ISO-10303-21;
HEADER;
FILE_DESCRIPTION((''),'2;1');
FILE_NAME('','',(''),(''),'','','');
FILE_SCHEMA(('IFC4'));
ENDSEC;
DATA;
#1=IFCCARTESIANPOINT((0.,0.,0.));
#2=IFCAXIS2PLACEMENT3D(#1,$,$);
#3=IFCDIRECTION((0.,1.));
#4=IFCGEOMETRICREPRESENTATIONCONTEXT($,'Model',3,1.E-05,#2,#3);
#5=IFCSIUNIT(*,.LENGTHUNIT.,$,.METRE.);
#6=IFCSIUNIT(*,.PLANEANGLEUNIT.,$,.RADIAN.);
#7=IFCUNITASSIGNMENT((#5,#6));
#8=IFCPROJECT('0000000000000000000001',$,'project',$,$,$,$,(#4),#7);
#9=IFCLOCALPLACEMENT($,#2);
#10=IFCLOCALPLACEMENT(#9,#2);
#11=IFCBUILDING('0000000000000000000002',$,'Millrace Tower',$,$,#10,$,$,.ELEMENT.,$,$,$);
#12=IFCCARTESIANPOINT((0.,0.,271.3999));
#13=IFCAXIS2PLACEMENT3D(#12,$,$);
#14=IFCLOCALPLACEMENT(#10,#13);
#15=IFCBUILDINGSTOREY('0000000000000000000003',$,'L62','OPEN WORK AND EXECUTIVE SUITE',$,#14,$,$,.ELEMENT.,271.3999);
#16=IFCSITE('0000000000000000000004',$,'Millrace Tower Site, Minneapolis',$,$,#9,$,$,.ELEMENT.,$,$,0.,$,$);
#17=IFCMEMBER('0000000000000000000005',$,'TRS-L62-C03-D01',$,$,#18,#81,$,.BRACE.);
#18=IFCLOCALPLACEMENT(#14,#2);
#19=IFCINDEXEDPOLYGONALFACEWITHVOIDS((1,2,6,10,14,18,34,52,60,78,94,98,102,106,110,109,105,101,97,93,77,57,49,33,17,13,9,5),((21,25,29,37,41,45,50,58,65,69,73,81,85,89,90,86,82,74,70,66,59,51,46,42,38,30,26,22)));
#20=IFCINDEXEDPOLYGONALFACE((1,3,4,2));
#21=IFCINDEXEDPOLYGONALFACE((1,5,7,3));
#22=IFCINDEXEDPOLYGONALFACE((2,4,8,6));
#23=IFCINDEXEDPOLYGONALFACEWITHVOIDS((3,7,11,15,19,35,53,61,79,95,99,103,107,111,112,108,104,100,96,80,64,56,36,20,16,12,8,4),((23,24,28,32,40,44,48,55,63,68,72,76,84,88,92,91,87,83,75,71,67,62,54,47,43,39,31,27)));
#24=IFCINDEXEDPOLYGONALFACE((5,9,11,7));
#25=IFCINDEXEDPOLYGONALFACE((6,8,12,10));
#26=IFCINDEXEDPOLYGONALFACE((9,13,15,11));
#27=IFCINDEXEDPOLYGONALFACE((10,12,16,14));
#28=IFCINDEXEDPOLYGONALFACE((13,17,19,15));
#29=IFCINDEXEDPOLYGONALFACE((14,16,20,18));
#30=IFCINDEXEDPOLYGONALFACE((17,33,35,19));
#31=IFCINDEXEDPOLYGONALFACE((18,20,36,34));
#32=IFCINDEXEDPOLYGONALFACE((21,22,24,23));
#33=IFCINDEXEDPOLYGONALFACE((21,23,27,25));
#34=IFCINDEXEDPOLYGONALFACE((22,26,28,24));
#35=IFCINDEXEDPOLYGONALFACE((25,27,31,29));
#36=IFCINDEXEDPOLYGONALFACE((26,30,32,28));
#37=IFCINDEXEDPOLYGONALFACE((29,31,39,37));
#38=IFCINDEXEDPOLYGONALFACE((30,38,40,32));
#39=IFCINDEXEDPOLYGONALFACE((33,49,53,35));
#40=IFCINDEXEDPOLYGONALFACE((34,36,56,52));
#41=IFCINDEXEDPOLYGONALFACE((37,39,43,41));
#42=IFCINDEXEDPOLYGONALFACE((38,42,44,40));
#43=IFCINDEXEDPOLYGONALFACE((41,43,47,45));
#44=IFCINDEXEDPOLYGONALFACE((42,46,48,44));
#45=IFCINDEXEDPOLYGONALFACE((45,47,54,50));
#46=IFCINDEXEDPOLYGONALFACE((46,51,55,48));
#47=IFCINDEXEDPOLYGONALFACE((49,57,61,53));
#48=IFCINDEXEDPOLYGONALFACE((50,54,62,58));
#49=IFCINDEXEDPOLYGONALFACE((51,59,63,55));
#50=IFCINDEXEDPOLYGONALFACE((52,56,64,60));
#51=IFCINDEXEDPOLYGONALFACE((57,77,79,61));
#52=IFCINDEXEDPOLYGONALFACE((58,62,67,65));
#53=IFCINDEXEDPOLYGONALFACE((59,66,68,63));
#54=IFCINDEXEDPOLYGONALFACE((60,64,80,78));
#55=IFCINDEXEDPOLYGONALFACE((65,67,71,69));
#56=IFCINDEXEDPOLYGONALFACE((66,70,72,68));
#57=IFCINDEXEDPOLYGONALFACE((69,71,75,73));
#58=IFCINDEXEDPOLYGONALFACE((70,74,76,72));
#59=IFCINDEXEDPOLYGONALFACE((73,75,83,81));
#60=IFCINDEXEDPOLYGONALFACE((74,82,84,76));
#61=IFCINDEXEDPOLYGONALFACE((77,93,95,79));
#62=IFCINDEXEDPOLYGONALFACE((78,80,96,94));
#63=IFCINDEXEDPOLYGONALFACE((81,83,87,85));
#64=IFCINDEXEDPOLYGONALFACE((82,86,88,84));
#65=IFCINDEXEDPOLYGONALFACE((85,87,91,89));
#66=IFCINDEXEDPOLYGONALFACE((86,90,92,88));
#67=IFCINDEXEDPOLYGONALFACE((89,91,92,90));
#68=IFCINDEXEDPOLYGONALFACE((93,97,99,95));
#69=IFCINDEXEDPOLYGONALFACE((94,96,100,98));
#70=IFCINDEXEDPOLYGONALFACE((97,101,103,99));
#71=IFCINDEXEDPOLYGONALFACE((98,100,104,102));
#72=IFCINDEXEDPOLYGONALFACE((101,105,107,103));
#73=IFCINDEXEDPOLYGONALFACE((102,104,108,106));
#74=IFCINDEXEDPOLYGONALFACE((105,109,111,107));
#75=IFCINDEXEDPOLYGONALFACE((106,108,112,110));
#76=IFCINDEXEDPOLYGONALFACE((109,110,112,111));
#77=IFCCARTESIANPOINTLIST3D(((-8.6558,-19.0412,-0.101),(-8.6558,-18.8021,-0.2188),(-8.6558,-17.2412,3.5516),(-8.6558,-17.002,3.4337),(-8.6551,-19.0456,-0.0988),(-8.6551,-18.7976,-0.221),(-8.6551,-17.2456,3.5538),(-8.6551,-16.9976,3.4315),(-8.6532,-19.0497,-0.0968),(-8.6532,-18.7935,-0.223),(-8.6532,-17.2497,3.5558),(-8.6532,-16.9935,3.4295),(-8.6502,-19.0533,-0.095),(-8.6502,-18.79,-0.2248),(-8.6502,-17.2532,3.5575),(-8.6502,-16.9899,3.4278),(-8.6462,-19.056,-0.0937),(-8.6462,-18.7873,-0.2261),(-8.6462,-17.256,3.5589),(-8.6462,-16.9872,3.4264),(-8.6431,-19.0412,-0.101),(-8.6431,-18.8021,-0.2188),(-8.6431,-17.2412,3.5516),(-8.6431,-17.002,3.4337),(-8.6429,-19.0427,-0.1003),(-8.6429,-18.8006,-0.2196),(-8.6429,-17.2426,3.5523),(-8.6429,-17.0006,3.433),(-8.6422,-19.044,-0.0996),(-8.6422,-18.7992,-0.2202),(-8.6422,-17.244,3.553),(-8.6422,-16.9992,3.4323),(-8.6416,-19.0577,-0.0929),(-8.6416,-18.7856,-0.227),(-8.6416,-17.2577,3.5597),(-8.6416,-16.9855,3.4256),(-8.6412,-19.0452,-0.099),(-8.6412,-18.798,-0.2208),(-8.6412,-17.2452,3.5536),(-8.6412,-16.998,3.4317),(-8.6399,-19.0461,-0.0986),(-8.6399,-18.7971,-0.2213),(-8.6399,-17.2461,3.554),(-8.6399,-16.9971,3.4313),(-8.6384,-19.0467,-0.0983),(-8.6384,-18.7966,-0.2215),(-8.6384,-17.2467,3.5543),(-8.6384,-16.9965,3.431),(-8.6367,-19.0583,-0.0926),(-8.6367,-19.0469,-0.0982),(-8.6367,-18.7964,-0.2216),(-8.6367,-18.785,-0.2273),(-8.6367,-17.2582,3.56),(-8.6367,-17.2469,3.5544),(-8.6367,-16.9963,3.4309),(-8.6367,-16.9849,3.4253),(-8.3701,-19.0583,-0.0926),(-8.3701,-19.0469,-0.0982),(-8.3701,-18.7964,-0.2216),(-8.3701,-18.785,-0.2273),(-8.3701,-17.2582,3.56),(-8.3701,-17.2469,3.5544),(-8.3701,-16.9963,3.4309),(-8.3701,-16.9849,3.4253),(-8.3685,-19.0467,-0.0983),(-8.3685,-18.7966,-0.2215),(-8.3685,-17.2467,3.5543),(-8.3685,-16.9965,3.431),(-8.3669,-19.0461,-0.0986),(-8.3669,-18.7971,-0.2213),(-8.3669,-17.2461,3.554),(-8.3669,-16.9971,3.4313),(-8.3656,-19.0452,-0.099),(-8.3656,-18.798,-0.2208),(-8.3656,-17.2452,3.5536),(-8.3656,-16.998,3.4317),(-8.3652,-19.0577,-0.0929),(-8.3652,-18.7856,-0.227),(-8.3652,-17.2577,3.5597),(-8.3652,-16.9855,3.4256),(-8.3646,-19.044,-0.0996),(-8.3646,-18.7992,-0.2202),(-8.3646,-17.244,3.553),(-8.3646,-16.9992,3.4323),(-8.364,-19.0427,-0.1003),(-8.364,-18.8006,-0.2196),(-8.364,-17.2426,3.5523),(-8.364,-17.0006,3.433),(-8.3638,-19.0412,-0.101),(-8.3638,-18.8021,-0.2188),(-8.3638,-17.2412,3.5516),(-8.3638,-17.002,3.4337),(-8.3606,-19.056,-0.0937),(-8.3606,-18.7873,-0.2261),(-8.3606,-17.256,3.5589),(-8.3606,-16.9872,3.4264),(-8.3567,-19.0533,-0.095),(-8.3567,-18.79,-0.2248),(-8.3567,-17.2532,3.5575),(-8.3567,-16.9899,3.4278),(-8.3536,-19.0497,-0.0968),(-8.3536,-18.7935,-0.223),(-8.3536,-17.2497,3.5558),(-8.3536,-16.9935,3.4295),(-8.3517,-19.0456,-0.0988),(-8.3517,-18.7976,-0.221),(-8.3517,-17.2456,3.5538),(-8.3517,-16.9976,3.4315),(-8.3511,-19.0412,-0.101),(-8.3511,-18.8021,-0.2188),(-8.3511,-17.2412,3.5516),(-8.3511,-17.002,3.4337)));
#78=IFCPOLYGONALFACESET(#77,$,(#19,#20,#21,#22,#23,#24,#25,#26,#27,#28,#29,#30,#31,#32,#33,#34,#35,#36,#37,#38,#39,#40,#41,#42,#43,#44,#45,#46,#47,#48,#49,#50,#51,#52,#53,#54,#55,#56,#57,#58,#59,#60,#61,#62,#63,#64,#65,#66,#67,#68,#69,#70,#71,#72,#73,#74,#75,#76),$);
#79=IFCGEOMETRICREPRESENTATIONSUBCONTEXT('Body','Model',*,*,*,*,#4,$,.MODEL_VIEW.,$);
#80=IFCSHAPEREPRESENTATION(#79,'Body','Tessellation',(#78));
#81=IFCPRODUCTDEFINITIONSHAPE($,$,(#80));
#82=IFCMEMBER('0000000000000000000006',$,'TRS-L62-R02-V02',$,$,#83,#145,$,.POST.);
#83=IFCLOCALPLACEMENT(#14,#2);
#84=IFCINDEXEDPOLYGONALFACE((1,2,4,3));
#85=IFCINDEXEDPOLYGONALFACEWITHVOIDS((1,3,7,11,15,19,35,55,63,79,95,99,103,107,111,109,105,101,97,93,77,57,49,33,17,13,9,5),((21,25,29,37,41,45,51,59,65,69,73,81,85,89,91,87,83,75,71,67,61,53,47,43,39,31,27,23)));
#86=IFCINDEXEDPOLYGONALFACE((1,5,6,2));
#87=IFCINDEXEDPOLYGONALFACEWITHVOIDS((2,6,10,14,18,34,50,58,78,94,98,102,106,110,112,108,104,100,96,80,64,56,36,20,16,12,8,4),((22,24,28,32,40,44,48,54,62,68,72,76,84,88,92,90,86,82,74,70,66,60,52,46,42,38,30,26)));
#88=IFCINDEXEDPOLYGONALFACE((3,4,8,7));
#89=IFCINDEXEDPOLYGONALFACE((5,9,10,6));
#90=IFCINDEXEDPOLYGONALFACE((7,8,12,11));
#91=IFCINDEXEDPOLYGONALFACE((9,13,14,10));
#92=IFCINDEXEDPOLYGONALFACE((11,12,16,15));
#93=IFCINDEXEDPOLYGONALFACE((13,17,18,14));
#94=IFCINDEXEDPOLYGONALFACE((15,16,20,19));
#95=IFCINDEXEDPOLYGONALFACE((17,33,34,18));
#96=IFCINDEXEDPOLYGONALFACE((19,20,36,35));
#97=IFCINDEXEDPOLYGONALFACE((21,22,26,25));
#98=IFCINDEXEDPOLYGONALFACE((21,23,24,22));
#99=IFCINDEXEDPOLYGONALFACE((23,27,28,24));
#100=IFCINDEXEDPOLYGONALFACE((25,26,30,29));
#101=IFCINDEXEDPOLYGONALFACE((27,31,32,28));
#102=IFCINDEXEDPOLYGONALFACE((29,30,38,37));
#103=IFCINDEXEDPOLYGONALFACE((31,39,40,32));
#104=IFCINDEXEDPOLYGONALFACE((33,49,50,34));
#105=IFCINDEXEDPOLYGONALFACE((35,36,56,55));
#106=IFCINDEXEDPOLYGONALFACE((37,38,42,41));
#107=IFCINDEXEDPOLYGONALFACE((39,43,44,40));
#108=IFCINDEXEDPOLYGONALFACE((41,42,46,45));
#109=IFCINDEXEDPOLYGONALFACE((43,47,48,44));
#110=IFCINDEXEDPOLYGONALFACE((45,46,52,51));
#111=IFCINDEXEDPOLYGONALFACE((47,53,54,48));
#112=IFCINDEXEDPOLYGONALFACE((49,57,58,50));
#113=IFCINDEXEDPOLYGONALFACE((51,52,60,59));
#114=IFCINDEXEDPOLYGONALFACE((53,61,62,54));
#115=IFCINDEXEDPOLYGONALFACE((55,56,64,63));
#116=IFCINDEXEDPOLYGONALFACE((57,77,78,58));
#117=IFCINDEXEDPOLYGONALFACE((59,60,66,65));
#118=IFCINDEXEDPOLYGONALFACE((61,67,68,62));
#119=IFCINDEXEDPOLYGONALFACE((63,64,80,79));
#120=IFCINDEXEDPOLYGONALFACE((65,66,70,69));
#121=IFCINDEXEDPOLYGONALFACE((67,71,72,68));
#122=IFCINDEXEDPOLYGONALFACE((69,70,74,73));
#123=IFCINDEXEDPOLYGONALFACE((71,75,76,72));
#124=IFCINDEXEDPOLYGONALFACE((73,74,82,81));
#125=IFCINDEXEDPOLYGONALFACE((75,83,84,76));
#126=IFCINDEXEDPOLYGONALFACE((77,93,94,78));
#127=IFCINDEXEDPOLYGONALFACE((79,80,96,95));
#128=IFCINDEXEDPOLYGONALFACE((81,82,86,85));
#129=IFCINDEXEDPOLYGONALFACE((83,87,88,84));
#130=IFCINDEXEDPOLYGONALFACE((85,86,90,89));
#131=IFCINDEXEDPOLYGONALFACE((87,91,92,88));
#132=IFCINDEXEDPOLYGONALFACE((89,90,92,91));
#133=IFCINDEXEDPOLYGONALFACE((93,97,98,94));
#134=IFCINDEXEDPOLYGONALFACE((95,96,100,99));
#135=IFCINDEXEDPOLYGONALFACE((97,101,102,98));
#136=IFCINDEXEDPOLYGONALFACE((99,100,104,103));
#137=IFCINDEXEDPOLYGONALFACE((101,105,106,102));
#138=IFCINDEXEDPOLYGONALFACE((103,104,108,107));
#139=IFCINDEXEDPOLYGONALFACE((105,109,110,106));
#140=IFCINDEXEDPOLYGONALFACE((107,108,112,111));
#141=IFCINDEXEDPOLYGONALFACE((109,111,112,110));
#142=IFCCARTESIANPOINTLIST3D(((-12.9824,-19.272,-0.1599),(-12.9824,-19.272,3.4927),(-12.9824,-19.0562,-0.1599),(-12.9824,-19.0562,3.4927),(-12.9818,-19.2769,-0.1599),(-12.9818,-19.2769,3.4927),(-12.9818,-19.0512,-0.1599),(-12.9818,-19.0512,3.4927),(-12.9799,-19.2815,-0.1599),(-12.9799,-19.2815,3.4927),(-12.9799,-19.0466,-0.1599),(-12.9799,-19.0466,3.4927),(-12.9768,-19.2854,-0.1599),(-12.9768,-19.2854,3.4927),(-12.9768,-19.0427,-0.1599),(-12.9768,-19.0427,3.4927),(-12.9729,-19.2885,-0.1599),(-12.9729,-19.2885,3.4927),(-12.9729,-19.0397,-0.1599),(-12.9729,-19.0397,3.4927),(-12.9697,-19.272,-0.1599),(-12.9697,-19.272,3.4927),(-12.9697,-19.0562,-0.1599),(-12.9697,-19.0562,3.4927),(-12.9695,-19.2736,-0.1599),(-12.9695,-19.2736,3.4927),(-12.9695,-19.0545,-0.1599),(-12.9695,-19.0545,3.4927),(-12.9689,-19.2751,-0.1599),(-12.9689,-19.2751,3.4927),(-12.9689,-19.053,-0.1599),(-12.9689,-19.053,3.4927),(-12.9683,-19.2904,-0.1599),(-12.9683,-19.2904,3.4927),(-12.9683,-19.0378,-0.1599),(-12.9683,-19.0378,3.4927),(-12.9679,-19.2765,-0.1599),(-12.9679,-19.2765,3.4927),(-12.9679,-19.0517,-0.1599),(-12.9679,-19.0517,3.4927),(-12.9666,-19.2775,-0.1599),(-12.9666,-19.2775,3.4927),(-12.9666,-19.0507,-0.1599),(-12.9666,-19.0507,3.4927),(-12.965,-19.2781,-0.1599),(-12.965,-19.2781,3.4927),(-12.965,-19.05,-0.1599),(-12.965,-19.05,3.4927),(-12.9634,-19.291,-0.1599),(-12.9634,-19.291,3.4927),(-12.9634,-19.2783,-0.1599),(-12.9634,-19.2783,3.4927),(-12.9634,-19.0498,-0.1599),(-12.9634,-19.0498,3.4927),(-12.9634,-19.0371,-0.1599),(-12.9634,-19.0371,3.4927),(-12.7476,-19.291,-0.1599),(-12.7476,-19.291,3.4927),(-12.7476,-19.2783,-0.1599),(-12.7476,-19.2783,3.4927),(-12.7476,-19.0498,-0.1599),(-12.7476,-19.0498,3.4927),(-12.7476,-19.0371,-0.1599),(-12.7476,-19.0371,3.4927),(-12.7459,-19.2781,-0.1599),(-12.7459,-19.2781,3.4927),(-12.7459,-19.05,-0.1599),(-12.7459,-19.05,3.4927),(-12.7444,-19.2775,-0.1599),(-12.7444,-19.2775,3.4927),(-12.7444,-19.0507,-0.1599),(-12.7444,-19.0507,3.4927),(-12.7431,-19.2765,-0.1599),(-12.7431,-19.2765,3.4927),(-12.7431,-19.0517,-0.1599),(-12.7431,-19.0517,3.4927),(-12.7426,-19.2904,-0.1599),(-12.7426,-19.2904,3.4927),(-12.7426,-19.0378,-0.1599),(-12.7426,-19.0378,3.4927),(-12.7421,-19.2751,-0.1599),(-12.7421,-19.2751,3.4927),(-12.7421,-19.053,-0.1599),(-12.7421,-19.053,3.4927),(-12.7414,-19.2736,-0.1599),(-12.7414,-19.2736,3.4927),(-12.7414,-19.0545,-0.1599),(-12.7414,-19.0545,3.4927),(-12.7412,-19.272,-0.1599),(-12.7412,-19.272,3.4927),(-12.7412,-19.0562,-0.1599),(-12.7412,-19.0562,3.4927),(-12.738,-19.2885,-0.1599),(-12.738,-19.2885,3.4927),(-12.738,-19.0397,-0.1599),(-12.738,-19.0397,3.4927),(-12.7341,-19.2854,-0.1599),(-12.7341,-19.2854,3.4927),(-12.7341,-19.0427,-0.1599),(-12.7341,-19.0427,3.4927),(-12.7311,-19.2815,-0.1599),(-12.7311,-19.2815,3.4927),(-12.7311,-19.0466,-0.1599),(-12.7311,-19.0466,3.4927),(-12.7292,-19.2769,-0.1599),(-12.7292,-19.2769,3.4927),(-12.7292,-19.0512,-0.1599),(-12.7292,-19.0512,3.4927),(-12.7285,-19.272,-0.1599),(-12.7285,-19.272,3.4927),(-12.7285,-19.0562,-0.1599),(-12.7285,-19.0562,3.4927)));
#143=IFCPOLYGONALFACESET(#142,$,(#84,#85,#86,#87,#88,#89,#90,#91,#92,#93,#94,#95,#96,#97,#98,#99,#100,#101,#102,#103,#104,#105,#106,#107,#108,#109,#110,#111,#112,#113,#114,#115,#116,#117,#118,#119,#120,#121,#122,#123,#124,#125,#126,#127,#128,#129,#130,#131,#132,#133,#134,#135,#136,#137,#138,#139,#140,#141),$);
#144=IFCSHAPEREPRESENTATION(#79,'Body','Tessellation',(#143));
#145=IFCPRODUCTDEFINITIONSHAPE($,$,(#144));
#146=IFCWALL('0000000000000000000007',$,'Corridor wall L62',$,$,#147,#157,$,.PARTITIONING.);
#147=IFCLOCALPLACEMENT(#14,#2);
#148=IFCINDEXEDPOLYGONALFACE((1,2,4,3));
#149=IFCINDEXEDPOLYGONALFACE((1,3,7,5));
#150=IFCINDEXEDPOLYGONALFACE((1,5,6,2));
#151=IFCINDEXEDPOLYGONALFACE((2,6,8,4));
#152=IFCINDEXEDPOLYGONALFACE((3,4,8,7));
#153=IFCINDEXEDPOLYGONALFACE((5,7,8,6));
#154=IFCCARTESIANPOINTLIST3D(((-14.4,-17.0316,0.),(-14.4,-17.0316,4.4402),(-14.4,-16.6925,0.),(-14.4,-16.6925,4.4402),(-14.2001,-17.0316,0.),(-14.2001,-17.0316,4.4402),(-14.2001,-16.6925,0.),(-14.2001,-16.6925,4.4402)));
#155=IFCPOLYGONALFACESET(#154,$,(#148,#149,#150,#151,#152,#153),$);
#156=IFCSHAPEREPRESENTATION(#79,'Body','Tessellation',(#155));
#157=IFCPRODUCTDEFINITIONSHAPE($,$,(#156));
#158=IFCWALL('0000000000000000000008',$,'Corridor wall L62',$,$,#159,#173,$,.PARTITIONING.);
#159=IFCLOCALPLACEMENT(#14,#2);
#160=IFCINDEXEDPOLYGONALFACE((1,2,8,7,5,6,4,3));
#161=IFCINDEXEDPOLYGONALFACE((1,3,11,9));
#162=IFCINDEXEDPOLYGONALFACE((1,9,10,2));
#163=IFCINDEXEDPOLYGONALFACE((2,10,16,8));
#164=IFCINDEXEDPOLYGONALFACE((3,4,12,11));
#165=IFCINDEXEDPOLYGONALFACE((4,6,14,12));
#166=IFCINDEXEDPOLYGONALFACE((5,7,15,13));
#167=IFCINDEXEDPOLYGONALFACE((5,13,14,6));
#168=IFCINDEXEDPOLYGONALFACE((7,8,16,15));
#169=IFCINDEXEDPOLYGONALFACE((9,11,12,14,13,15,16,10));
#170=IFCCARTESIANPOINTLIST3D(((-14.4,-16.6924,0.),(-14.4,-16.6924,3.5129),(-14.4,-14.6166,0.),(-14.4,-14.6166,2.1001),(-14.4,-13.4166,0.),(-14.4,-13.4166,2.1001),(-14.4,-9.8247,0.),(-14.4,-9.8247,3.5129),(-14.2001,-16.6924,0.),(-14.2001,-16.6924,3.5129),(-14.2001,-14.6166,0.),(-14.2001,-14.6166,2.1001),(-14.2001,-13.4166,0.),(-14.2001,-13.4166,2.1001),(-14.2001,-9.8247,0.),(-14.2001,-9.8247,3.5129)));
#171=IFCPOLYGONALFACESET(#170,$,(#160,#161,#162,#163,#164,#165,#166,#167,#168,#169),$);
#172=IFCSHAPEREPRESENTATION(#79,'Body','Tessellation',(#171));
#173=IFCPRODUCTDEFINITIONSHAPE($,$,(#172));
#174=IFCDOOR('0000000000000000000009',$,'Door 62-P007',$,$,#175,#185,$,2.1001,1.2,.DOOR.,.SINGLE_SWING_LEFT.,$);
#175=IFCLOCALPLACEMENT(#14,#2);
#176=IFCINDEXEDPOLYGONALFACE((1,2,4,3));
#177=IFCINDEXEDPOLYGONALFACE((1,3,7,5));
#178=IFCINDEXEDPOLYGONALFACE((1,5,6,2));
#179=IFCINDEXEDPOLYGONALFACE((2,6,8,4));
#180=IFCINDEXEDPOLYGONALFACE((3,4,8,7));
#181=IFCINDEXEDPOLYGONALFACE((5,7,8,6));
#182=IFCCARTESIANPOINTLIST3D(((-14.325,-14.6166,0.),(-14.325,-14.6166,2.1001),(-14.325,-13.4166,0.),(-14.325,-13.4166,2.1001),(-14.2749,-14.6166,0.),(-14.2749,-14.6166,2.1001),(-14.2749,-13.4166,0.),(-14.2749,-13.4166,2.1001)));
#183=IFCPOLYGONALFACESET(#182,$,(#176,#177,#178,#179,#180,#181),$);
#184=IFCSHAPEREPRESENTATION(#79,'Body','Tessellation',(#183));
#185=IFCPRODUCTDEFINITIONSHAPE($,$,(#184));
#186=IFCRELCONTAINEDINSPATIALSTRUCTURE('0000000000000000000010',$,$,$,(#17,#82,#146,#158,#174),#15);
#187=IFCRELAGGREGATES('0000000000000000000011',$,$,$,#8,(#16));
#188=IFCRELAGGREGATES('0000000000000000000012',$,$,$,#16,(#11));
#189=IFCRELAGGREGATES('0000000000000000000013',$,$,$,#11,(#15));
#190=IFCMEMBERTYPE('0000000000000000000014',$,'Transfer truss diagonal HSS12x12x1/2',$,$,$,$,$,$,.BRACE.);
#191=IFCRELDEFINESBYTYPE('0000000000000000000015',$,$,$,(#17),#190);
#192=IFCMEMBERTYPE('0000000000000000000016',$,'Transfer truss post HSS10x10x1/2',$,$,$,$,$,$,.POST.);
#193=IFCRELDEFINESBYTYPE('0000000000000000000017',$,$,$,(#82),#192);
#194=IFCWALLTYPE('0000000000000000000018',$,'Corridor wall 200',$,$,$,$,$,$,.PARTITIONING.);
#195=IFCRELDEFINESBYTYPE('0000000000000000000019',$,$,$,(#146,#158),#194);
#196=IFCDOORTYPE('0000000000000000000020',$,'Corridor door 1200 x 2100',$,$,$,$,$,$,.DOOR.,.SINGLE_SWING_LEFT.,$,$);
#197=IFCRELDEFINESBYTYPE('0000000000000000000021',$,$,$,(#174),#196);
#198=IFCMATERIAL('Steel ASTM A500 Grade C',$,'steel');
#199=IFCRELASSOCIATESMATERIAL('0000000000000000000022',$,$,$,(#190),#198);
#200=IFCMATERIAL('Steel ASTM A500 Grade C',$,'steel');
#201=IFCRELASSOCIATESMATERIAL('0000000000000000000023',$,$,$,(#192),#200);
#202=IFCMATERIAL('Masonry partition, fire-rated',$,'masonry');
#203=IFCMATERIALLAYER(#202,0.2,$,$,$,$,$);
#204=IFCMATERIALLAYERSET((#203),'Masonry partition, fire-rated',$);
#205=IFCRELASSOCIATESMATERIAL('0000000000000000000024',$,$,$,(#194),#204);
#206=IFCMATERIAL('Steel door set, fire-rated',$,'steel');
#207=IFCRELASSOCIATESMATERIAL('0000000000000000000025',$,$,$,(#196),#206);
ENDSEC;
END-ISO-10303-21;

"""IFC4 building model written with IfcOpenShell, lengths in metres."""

from ifc_helpers import new_model, si_unit, direction, frame, frame_2d, origin, origin_2d, place, context, subcontext, project, spatial, rectangle, hollow_rectangle, extrude, material, layer, layer_set, material_profile, profile_set, type_object, element, fill, save


model = new_model("IFC4")

# Units and contexts
model_context = context("Model", 3, precision=1e-05, world=origin(), true_north=direction((0.0, 1.0)))
body_context = subcontext(model_context, "Body", "Model", "MODEL_VIEW")
ifc_project = project(units=[si_unit("LENGTHUNIT", "METRE"), si_unit("PLANEANGLEUNIT", "RADIAN")], contexts=[model_context])

# Site, building, storey
site_placement = place(None, origin())
site = spatial("IfcSite", under=ifc_project, at=site_placement, Name="Millrace Tower Site, Minneapolis", CompositionType="ELEMENT", RefElevation=0.0)
building_placement = place(site_placement, origin())
building = spatial("IfcBuilding", under=site, at=building_placement, Name="Millrace Tower", CompositionType="ELEMENT")
storey_placement = place(building_placement, frame((0.0, 0.0, 271.3999)))
storey = spatial("IfcBuildingStorey", under=building, at=storey_placement, Name="L62", Description="OPEN WORK AND EXECUTIVE SUITE", CompositionType="ELEMENT", Elevation=271.3999)

# Members
ifc_material_1 = material(Name="Steel ASTM A500 Grade C", Category="steel")
ifc_material_profile_1 = material_profile(ifc_material_1, hollow_rectangle(XDim=0.3047, YDim=0.3047, WallThickness=0.0127, InnerFilletRadius=0.0063, OuterFilletRadius=0.019, at=origin_2d()))
ifc_profile_set_1 = profile_set([ifc_material_profile_1], Name="Steel ASTM A500 Grade C")
member_type_1 = type_object("IfcMemberType", Name="Transfer truss diagonal HSS12x12x1/2", PredefinedType="BRACE", material=ifc_profile_set_1)
member_1_placement = place(storey_placement, frame((-8.5034, -18.9216, -0.1599), z_axis=(0.0, 0.44205, 0.89699), x_axis=(-1.0, 0.0, 0.0)))
element("IfcMember", 1, at=member_1_placement, inside=storey, type_object=member_type_1, Name="TRS-L62-C03-D01", PredefinedType="BRACE", context=body_context, shape_type="SweptSolid", body=[
    extrude(hollow_rectangle(XDim=0.3047, YDim=0.3047, WallThickness=0.0127, InnerFilletRadius=0.0063, OuterFilletRadius=0.019, at=origin_2d()), origin(), (0.0, 0.0, 1.0), 4.072),
])
ifc_material_2 = material(Name="Steel ASTM A500 Grade C", Category="steel")
ifc_material_profile_2 = material_profile(ifc_material_2, hollow_rectangle(XDim=0.2539, YDim=0.2539, WallThickness=0.0127, InnerFilletRadius=0.0063, OuterFilletRadius=0.019, at=origin_2d()))
ifc_profile_set_2 = profile_set([ifc_material_profile_2], Name="Steel ASTM A500 Grade C")
member_type_2 = type_object("IfcMemberType", Name="Transfer truss post HSS10x10x1/2", PredefinedType="POST", material=ifc_profile_set_2)
member_2_placement = place(storey_placement, frame((-12.8555, -19.1641, -0.1599), z_axis=(0.0, 0.0, 1.0), x_axis=(1.0, 0.0, 0.0)))
element("IfcMember", 2, at=member_2_placement, inside=storey, type_object=member_type_2, Name="TRS-L62-R02-V02", PredefinedType="POST", context=body_context, shape_type="SweptSolid", body=[
    extrude(hollow_rectangle(XDim=0.2539, YDim=0.2539, WallThickness=0.0127, InnerFilletRadius=0.0063, OuterFilletRadius=0.019, at=origin_2d()), origin(), (0.0, 0.0, 1.0), 3.6526),
])

# Wall
ifc_material_3 = material(Name="Masonry partition, fire-rated", Category="masonry")
ifc_layer_1 = layer(ifc_material_3, 0.2)
ifc_layer_set_1 = layer_set([ifc_layer_1], Name="Masonry partition, fire-rated")
wall_type_1 = type_object("IfcWallType", Name="Corridor wall 200", PredefinedType="PARTITIONING", material=ifc_layer_set_1)
wall_1_placement = place(storey_placement, frame((-14.3, -17.0315, 0.0), z_axis=(0.0, 0.0, 1.0), x_axis=(0.0, 1.0, 0.0)))
element("IfcWall", 3, at=wall_1_placement, inside=storey, type_object=wall_type_1, Name="Corridor wall L62", PredefinedType="PARTITIONING", context=body_context, shape_type="SweptSolid", body=[
    extrude(rectangle(XDim=0.3391, YDim=0.2, at=frame_2d((0.1694, 0.0))), origin(), (0.0, 0.0, 1.0), 4.4402),
])

# Wall, opening, door
wall_2_placement = place(storey_placement, frame((-14.3, -16.6924, 0.0), z_axis=(0.0, 0.0, 1.0), x_axis=(0.0, 1.0, 0.0)))
wall_2 = element("IfcWall", 4, at=wall_2_placement, inside=storey, type_object=wall_type_1, Name="Corridor wall L62", PredefinedType="PARTITIONING", context=body_context, shape_type="SweptSolid", body=[
    extrude(rectangle(XDim=6.8677, YDim=0.2, at=frame_2d((3.4338, 0.0))), origin(), (0.0, 0.0, 1.0), 3.5129),
])
opening_placement = place(wall_2_placement, frame((2.0757, 0.0, 0.0)))
opening = element("IfcOpeningElement", 5, at=opening_placement, cuts=wall_2, PredefinedType="OPENING", context=body_context, shape_type="SweptSolid", body=[
    extrude(rectangle(XDim=1.2, YDim=2.1001, at=frame_2d((0.6001, 1.05))), frame((0.0, 0.1099, 0.0), z_axis=(0.0, -1.0, 0.0), x_axis=(1.0, 0.0, 0.0)), (0.0, 0.0, 1.0), 0.22),
])
ifc_material_4 = material(Name="Steel door set, fire-rated", Category="steel")
door_type = type_object("IfcDoorType", Name="Corridor door 1200 x 2100", OperationType="SINGLE_SWING_LEFT", PredefinedType="DOOR", material=ifc_material_4)
door_placement = place(opening_placement, origin())
door = element("IfcDoor", 6, at=door_placement, inside=storey, type_object=door_type, Name="Door 62-P007", OperationType="SINGLE_SWING_LEFT", OverallHeight=2.1001, OverallWidth=1.2, PredefinedType="DOOR", context=body_context, shape_type="SweptSolid", body=[
    extrude(rectangle(XDim=1.2, YDim=2.1001, at=frame_2d((0.6001, 1.05))), frame((0.0, 0.0249, 0.0), z_axis=(0.0, -1.0, 0.0), x_axis=(1.0, 0.0, 0.0)), (0.0, 0.0, 1.0), 0.05),
])
fill(opening, door)

save(model, "model.ifc")
